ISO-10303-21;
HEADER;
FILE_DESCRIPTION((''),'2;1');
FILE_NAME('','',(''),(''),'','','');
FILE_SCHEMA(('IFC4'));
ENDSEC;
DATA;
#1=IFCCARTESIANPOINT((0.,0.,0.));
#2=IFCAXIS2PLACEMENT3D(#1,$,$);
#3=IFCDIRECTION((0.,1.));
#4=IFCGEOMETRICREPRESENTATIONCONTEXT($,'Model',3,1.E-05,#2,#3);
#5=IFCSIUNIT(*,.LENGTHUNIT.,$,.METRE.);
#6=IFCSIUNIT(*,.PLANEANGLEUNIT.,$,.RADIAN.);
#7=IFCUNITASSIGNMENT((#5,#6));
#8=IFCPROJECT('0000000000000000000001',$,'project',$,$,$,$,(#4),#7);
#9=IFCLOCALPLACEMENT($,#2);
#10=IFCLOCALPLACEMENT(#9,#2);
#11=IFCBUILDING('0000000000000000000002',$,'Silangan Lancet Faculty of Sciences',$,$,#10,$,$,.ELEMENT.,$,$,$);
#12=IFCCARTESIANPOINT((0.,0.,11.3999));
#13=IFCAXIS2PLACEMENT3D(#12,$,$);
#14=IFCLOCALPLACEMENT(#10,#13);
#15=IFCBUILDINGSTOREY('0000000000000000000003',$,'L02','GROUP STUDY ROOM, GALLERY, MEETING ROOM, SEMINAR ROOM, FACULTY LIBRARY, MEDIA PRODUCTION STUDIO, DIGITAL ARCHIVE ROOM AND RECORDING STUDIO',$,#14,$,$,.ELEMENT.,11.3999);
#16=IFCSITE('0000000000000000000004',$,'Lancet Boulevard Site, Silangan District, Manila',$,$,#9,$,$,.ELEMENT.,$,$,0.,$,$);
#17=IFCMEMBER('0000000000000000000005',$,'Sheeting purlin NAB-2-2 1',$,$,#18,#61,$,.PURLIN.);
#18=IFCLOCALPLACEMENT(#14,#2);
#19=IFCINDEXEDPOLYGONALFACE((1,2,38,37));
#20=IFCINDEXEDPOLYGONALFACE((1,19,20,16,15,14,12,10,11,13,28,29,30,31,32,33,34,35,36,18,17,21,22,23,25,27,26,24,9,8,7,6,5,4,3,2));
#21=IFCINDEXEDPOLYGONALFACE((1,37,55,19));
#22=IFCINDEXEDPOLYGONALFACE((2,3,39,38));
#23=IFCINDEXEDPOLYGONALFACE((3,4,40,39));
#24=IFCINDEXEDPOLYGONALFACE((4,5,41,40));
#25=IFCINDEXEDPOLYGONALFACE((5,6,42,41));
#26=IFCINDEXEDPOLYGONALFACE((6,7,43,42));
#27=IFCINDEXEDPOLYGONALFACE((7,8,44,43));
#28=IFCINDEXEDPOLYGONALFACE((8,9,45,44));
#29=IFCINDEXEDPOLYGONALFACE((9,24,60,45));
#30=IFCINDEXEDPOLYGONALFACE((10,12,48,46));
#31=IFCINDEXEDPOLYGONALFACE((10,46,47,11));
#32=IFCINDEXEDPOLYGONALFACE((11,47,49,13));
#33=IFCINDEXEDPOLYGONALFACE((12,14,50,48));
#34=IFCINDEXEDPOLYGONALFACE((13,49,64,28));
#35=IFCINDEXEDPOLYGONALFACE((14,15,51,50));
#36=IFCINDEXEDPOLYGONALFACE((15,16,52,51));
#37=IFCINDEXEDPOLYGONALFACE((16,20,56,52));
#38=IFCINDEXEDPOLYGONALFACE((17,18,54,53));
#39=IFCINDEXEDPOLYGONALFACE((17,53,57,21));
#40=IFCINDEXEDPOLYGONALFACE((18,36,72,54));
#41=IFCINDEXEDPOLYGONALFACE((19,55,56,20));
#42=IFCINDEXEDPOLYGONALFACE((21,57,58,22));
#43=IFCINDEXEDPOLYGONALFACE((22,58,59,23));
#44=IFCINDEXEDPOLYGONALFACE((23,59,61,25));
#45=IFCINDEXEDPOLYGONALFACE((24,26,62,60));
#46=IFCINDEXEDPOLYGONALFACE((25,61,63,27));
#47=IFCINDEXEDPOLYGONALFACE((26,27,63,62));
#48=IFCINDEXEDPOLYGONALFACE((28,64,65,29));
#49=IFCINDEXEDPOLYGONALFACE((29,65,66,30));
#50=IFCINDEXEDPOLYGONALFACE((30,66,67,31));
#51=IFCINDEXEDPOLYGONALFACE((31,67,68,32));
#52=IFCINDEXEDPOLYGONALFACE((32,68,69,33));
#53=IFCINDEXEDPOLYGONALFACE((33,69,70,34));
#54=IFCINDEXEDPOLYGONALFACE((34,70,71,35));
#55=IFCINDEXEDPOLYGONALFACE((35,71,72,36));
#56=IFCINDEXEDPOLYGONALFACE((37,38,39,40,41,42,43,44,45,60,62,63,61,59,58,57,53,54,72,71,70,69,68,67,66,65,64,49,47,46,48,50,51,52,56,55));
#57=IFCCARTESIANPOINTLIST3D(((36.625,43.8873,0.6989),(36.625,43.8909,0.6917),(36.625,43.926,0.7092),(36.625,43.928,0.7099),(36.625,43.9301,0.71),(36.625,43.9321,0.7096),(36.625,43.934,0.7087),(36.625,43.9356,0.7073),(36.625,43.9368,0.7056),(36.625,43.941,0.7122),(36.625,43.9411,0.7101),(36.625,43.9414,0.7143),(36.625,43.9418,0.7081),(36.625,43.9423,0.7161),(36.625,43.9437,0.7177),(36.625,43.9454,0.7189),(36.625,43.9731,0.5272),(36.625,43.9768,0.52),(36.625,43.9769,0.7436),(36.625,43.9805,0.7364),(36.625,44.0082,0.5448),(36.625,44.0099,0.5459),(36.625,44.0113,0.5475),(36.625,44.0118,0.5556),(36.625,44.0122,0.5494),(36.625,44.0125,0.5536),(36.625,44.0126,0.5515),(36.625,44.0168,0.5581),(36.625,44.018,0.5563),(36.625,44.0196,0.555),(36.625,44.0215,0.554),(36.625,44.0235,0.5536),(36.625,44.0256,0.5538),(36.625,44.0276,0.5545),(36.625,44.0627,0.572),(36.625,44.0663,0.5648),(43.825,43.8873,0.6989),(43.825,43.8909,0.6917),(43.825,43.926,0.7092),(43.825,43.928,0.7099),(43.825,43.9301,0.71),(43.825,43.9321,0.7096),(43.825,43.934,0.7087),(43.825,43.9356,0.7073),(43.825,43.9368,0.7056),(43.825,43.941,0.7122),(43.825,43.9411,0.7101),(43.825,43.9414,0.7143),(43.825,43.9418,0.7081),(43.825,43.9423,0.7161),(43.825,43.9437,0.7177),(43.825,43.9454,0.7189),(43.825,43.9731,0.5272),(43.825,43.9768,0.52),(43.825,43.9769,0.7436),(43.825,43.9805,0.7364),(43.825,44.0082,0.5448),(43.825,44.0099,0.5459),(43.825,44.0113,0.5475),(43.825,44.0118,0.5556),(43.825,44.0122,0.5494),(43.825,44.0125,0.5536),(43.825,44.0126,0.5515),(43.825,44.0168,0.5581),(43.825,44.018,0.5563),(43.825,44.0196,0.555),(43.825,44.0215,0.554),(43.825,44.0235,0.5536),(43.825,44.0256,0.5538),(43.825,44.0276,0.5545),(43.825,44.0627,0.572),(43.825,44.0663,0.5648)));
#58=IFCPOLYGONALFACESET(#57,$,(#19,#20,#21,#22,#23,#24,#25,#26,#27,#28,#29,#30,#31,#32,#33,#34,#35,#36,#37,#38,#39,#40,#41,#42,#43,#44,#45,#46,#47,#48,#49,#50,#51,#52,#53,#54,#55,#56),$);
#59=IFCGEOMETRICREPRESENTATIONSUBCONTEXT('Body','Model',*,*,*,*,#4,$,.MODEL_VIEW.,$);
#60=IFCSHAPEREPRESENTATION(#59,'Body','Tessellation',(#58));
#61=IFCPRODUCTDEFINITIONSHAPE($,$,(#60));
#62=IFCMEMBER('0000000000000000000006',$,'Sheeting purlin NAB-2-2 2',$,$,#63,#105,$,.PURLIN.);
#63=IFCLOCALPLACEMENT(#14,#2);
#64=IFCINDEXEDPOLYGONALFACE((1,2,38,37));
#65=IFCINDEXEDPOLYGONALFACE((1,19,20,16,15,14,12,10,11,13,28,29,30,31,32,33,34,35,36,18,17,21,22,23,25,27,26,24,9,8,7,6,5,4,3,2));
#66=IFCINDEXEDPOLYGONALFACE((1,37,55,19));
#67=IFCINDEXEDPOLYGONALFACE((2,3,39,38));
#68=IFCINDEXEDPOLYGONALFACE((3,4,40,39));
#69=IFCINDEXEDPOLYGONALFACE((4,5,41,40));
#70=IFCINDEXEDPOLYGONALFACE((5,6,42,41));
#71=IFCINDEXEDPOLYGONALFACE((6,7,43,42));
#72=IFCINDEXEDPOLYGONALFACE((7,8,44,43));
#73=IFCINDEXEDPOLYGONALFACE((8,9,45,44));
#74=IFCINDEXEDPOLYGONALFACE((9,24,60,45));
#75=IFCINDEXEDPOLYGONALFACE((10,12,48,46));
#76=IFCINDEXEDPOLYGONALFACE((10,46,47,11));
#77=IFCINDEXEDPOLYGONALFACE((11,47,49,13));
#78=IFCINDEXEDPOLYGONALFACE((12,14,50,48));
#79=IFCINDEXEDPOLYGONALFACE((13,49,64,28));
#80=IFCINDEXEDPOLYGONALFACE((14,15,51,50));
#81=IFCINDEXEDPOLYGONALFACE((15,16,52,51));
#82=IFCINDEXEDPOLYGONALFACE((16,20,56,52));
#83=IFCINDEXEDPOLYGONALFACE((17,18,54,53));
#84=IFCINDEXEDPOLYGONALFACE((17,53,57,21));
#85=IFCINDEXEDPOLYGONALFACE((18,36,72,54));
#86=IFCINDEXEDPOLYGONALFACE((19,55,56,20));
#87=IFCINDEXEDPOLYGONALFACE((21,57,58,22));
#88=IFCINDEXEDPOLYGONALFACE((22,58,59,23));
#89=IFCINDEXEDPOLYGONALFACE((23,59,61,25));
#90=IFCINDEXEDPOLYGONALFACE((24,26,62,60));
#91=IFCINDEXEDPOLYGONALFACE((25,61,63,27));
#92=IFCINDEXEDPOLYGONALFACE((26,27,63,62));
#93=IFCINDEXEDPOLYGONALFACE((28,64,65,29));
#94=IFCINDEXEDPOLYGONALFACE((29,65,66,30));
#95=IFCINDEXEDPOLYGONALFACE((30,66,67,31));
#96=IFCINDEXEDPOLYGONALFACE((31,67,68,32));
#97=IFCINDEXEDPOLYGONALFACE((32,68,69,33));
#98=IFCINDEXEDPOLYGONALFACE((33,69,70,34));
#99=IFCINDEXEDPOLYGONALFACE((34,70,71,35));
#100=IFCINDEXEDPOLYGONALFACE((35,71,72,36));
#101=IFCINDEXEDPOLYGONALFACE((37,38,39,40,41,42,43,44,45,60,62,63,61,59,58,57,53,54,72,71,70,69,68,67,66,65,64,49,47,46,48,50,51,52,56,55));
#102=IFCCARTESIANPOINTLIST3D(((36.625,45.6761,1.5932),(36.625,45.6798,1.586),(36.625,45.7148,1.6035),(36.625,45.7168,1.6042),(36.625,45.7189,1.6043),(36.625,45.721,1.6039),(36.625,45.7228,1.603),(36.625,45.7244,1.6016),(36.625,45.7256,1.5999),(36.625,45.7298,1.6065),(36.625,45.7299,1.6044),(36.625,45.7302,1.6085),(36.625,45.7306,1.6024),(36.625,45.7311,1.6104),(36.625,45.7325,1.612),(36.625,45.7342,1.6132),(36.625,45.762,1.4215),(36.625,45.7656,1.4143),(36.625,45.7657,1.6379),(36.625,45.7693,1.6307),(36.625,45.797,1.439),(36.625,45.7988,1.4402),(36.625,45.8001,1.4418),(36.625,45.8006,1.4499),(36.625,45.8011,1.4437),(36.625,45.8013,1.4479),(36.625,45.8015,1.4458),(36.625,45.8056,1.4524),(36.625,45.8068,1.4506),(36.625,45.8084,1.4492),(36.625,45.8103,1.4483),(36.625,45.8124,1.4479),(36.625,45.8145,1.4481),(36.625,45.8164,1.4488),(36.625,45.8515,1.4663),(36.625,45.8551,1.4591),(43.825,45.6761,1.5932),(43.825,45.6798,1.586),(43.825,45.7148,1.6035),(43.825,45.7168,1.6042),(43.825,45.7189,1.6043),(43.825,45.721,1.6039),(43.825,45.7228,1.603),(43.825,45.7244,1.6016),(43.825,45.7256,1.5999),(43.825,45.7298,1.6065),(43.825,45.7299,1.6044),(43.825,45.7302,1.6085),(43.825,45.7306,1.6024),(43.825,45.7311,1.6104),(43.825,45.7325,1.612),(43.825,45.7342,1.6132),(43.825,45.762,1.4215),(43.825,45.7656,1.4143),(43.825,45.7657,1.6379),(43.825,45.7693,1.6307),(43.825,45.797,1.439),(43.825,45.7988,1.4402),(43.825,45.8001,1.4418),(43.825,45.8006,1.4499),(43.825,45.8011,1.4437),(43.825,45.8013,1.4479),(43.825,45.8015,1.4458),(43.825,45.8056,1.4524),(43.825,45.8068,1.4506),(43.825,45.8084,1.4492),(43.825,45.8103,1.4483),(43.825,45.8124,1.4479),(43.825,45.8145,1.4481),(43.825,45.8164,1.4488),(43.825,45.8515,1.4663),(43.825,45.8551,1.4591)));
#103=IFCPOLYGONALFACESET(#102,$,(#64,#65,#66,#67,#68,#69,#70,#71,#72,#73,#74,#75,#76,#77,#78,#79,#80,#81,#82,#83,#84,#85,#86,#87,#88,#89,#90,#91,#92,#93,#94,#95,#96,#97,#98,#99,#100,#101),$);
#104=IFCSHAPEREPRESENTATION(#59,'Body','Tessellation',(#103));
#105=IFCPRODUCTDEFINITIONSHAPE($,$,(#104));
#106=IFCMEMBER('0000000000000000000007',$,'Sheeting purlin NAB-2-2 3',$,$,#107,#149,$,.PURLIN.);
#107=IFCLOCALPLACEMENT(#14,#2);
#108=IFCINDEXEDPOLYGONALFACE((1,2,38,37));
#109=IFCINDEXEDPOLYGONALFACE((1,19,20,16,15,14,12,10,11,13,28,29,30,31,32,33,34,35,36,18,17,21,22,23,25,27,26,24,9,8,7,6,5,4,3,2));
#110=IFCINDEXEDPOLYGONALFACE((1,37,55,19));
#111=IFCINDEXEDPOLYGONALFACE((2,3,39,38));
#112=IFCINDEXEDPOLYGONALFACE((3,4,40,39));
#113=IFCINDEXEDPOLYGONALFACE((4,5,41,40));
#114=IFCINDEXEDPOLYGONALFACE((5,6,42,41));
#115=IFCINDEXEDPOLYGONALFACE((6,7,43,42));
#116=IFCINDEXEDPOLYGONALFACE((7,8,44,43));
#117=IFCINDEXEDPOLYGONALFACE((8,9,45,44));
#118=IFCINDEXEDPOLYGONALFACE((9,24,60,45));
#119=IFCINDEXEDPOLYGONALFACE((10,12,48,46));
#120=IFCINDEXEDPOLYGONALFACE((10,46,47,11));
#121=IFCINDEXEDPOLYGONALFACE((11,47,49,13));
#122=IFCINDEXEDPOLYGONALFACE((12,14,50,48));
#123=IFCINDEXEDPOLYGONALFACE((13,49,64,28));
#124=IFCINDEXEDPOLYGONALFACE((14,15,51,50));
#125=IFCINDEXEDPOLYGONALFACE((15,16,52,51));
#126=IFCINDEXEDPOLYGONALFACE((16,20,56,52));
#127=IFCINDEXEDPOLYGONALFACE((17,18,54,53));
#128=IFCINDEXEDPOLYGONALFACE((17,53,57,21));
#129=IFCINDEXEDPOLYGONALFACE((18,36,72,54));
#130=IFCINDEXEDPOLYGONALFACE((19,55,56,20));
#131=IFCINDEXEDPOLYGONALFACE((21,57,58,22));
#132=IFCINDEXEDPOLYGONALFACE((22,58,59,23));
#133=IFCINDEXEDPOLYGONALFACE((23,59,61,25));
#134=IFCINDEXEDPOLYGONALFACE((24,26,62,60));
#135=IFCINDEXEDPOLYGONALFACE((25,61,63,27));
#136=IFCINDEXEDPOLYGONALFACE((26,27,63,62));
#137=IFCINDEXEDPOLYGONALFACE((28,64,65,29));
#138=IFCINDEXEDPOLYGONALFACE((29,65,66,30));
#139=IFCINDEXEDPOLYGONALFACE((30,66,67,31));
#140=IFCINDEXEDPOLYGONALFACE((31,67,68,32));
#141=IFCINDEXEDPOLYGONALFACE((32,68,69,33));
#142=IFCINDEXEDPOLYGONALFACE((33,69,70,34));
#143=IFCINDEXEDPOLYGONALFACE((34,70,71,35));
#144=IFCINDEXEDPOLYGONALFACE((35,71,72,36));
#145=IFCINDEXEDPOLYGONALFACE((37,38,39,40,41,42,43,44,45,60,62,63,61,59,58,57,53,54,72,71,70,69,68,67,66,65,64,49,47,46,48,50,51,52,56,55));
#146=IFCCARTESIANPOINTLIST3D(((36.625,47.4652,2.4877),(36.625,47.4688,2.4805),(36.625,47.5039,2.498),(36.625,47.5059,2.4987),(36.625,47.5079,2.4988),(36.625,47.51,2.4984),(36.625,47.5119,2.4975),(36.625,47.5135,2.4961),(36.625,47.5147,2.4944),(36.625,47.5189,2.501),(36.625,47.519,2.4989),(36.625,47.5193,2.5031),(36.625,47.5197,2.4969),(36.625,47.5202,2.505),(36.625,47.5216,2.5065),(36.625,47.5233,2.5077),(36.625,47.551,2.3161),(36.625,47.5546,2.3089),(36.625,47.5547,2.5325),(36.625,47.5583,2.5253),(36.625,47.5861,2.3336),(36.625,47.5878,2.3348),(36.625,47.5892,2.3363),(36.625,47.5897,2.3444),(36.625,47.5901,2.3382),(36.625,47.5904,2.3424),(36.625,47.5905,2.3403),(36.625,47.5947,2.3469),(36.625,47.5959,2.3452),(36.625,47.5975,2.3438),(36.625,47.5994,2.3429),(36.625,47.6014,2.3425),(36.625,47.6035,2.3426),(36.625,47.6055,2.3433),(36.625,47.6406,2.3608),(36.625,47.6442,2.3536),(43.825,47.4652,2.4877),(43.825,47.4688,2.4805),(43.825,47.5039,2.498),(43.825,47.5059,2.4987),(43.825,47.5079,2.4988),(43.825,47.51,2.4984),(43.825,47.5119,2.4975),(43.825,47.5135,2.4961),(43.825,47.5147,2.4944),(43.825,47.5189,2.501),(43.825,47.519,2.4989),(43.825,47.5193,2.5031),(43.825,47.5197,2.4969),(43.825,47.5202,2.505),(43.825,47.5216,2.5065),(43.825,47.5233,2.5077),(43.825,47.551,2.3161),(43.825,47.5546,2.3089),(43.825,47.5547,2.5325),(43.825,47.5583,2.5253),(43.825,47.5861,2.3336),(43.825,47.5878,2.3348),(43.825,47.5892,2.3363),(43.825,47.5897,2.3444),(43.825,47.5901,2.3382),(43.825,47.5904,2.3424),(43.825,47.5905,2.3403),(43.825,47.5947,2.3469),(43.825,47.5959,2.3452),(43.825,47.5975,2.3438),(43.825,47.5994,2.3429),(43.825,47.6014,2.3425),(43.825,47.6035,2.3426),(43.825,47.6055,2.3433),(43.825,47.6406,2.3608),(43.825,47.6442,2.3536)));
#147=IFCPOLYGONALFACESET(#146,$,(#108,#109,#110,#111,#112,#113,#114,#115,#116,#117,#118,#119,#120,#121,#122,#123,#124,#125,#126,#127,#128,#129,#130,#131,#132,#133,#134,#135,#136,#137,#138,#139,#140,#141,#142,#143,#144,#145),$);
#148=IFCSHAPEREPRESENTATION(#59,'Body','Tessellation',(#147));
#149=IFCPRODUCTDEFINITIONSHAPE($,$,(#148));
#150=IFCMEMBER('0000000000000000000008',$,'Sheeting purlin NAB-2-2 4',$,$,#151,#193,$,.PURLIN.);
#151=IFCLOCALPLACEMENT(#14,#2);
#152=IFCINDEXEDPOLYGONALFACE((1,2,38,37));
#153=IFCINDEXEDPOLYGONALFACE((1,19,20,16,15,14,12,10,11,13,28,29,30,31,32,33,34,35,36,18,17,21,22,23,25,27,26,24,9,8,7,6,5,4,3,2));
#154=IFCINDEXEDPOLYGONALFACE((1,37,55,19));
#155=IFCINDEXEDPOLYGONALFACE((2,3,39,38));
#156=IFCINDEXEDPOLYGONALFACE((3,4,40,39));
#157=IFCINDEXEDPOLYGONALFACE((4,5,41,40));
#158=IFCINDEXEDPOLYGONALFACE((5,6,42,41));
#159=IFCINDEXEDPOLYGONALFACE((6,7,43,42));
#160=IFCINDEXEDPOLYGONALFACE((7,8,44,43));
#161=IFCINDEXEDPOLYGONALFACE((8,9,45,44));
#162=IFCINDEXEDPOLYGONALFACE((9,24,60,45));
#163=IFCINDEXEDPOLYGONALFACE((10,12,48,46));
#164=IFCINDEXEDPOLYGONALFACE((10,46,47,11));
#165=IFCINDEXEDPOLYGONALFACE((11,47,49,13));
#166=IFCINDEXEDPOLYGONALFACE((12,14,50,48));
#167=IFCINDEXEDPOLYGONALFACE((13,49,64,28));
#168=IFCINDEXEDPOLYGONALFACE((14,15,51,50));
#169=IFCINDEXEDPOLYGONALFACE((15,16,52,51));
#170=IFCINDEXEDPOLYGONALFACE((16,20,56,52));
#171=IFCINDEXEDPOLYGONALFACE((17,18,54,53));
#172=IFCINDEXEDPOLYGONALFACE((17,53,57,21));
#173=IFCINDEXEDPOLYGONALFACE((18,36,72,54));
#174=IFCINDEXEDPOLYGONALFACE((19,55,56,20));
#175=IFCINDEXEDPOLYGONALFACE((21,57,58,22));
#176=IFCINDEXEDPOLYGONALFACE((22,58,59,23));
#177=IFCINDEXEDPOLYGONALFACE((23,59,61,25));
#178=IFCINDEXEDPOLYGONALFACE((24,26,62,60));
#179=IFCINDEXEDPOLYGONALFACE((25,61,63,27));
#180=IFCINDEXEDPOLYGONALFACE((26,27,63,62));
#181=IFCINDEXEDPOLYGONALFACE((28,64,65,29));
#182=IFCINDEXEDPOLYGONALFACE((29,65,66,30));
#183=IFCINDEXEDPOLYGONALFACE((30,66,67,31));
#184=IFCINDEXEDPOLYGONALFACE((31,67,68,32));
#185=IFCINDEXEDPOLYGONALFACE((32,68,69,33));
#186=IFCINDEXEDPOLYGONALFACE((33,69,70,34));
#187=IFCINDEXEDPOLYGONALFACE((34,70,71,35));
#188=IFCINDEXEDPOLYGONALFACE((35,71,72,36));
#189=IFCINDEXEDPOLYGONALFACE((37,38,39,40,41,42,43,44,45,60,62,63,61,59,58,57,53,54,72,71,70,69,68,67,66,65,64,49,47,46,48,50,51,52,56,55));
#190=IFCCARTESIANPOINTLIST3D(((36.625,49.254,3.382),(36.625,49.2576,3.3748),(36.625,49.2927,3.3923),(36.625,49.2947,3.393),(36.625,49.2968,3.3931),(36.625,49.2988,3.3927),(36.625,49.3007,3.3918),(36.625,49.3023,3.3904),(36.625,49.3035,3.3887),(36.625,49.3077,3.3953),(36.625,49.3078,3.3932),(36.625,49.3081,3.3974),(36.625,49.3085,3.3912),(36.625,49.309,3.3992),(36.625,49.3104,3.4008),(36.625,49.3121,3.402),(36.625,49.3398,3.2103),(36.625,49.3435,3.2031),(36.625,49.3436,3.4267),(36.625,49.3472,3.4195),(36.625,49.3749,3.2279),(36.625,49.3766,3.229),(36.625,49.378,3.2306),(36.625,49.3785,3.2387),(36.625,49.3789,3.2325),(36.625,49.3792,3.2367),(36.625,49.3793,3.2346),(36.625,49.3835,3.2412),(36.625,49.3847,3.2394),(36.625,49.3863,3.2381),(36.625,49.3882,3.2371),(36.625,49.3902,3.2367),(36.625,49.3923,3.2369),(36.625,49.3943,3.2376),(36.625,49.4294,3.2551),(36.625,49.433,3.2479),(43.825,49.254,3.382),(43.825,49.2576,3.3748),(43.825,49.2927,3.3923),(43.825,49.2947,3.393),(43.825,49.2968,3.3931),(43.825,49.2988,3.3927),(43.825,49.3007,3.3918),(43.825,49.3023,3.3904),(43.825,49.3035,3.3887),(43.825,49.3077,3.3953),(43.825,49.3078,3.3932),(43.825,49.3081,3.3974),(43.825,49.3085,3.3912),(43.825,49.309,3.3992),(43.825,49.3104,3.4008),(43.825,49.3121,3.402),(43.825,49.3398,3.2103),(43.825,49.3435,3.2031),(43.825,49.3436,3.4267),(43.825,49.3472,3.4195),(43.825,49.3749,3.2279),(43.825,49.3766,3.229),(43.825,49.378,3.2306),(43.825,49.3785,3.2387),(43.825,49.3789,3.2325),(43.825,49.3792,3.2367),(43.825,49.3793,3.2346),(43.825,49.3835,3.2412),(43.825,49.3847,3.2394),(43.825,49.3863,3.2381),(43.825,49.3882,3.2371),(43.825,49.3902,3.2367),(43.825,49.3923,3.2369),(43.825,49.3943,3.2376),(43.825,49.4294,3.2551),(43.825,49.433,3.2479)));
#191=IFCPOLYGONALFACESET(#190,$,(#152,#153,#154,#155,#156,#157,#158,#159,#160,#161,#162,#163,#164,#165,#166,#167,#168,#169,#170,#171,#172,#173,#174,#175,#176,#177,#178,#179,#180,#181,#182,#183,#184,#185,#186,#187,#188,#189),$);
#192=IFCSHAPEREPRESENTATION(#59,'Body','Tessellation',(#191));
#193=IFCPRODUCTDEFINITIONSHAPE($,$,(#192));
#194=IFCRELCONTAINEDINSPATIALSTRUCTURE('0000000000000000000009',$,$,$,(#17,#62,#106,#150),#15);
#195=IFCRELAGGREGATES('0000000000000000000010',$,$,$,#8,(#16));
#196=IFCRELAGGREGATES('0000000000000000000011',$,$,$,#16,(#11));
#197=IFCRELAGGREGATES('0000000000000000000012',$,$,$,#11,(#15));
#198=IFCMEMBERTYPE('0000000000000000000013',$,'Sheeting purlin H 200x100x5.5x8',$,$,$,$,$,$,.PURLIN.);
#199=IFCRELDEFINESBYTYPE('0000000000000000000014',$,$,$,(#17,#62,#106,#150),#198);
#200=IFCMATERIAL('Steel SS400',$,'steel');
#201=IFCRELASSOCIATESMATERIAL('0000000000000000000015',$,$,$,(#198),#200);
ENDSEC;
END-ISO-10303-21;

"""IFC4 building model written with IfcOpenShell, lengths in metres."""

from ifc_helpers import new_model, si_unit, direction, frame, origin, origin_2d, place, context, subcontext, project, spatial, i_section, extrude, material, material_profile, profile_set, type_object, element, save


model = new_model("IFC4")

# Units and contexts
model_context = context("Model", 3, precision=1e-05, world=origin(), true_north=direction((0.0, 1.0)))
body_context = subcontext(model_context, "Body", "Model", "MODEL_VIEW")
ifc_project = project(units=[si_unit("LENGTHUNIT", "METRE"), si_unit("PLANEANGLEUNIT", "RADIAN")], contexts=[model_context])

# Site, building, storey
site_placement = place(None, origin())
site = spatial("IfcSite", under=ifc_project, at=site_placement, Name="Lancet Boulevard Site, Silangan District, Manila", CompositionType="ELEMENT", RefElevation=0.0)
building_placement = place(site_placement, origin())
building = spatial("IfcBuilding", under=site, at=building_placement, Name="Silangan Lancet Faculty of Sciences", CompositionType="ELEMENT")
storey_placement = place(building_placement, frame((0.0, 0.0, 11.3999)))
storey = spatial("IfcBuildingStorey", under=building, at=storey_placement, Name="L02", Description="GROUP STUDY ROOM, GALLERY, MEETING ROOM, SEMINAR ROOM, FACULTY LIBRARY, MEDIA PRODUCTION STUDIO, DIGITAL ARCHIVE ROOM AND RECORDING STUDIO", CompositionType="ELEMENT", Elevation=11.3999)

# Members
ifc_material_1 = material(Name="Steel SS400", Category="steel")
ifc_material_profile_1 = material_profile(ifc_material_1, i_section(OverallWidth=0.1001, OverallDepth=0.2, WebThickness=0.0056, FlangeThickness=0.0081, FilletRadius=0.0081, at=origin_2d()), Name="H 200x100x5.5x8")
ifc_profile_set_1 = profile_set([ifc_material_profile_1], Name="Steel SS400")
member_type_1 = type_object("IfcMemberType", Name="Sheeting purlin H 200x100x5.5x8", PredefinedType="PURLIN", material=ifc_profile_set_1)
for number, where, z_axis, x_axis, name in (
    (1, (36.625, 43.9768, 0.6318), (1.0, 0.0, 0.0), (0.0, 0.894427, 0.447214), "Sheeting purlin NAB-2-2 1"),
    (2, (36.625, 45.7656, 1.5261), (1.0, 0.0, 0.0), (0.0, 0.894427, 0.447214), "Sheeting purlin NAB-2-2 2"),
    (3, (36.625, 47.5547, 2.4207), (1.0, 0.0, 0.0), (0.0, 0.894427, 0.447214), "Sheeting purlin NAB-2-2 3"),
    (4, (36.625, 49.3435, 3.3149), (1.0, 0.0, 0.0), (0.0, 0.894427, 0.447214), "Sheeting purlin NAB-2-2 4"),
):
    element("IfcMember", number, at=place(storey_placement, frame(where, z_axis=z_axis, x_axis=x_axis)), inside=storey, type_object=member_type_1, Name=name, PredefinedType="PURLIN", context=body_context, shape_type="SweptSolid", body=[
        extrude(i_section(OverallWidth=0.1001, OverallDepth=0.2, WebThickness=0.0056, FlangeThickness=0.0081, FilletRadius=0.0081, at=origin_2d()), origin(), (0.0, 0.0, 1.0), 7.2),
    ])

save(model, "model.ifc")
